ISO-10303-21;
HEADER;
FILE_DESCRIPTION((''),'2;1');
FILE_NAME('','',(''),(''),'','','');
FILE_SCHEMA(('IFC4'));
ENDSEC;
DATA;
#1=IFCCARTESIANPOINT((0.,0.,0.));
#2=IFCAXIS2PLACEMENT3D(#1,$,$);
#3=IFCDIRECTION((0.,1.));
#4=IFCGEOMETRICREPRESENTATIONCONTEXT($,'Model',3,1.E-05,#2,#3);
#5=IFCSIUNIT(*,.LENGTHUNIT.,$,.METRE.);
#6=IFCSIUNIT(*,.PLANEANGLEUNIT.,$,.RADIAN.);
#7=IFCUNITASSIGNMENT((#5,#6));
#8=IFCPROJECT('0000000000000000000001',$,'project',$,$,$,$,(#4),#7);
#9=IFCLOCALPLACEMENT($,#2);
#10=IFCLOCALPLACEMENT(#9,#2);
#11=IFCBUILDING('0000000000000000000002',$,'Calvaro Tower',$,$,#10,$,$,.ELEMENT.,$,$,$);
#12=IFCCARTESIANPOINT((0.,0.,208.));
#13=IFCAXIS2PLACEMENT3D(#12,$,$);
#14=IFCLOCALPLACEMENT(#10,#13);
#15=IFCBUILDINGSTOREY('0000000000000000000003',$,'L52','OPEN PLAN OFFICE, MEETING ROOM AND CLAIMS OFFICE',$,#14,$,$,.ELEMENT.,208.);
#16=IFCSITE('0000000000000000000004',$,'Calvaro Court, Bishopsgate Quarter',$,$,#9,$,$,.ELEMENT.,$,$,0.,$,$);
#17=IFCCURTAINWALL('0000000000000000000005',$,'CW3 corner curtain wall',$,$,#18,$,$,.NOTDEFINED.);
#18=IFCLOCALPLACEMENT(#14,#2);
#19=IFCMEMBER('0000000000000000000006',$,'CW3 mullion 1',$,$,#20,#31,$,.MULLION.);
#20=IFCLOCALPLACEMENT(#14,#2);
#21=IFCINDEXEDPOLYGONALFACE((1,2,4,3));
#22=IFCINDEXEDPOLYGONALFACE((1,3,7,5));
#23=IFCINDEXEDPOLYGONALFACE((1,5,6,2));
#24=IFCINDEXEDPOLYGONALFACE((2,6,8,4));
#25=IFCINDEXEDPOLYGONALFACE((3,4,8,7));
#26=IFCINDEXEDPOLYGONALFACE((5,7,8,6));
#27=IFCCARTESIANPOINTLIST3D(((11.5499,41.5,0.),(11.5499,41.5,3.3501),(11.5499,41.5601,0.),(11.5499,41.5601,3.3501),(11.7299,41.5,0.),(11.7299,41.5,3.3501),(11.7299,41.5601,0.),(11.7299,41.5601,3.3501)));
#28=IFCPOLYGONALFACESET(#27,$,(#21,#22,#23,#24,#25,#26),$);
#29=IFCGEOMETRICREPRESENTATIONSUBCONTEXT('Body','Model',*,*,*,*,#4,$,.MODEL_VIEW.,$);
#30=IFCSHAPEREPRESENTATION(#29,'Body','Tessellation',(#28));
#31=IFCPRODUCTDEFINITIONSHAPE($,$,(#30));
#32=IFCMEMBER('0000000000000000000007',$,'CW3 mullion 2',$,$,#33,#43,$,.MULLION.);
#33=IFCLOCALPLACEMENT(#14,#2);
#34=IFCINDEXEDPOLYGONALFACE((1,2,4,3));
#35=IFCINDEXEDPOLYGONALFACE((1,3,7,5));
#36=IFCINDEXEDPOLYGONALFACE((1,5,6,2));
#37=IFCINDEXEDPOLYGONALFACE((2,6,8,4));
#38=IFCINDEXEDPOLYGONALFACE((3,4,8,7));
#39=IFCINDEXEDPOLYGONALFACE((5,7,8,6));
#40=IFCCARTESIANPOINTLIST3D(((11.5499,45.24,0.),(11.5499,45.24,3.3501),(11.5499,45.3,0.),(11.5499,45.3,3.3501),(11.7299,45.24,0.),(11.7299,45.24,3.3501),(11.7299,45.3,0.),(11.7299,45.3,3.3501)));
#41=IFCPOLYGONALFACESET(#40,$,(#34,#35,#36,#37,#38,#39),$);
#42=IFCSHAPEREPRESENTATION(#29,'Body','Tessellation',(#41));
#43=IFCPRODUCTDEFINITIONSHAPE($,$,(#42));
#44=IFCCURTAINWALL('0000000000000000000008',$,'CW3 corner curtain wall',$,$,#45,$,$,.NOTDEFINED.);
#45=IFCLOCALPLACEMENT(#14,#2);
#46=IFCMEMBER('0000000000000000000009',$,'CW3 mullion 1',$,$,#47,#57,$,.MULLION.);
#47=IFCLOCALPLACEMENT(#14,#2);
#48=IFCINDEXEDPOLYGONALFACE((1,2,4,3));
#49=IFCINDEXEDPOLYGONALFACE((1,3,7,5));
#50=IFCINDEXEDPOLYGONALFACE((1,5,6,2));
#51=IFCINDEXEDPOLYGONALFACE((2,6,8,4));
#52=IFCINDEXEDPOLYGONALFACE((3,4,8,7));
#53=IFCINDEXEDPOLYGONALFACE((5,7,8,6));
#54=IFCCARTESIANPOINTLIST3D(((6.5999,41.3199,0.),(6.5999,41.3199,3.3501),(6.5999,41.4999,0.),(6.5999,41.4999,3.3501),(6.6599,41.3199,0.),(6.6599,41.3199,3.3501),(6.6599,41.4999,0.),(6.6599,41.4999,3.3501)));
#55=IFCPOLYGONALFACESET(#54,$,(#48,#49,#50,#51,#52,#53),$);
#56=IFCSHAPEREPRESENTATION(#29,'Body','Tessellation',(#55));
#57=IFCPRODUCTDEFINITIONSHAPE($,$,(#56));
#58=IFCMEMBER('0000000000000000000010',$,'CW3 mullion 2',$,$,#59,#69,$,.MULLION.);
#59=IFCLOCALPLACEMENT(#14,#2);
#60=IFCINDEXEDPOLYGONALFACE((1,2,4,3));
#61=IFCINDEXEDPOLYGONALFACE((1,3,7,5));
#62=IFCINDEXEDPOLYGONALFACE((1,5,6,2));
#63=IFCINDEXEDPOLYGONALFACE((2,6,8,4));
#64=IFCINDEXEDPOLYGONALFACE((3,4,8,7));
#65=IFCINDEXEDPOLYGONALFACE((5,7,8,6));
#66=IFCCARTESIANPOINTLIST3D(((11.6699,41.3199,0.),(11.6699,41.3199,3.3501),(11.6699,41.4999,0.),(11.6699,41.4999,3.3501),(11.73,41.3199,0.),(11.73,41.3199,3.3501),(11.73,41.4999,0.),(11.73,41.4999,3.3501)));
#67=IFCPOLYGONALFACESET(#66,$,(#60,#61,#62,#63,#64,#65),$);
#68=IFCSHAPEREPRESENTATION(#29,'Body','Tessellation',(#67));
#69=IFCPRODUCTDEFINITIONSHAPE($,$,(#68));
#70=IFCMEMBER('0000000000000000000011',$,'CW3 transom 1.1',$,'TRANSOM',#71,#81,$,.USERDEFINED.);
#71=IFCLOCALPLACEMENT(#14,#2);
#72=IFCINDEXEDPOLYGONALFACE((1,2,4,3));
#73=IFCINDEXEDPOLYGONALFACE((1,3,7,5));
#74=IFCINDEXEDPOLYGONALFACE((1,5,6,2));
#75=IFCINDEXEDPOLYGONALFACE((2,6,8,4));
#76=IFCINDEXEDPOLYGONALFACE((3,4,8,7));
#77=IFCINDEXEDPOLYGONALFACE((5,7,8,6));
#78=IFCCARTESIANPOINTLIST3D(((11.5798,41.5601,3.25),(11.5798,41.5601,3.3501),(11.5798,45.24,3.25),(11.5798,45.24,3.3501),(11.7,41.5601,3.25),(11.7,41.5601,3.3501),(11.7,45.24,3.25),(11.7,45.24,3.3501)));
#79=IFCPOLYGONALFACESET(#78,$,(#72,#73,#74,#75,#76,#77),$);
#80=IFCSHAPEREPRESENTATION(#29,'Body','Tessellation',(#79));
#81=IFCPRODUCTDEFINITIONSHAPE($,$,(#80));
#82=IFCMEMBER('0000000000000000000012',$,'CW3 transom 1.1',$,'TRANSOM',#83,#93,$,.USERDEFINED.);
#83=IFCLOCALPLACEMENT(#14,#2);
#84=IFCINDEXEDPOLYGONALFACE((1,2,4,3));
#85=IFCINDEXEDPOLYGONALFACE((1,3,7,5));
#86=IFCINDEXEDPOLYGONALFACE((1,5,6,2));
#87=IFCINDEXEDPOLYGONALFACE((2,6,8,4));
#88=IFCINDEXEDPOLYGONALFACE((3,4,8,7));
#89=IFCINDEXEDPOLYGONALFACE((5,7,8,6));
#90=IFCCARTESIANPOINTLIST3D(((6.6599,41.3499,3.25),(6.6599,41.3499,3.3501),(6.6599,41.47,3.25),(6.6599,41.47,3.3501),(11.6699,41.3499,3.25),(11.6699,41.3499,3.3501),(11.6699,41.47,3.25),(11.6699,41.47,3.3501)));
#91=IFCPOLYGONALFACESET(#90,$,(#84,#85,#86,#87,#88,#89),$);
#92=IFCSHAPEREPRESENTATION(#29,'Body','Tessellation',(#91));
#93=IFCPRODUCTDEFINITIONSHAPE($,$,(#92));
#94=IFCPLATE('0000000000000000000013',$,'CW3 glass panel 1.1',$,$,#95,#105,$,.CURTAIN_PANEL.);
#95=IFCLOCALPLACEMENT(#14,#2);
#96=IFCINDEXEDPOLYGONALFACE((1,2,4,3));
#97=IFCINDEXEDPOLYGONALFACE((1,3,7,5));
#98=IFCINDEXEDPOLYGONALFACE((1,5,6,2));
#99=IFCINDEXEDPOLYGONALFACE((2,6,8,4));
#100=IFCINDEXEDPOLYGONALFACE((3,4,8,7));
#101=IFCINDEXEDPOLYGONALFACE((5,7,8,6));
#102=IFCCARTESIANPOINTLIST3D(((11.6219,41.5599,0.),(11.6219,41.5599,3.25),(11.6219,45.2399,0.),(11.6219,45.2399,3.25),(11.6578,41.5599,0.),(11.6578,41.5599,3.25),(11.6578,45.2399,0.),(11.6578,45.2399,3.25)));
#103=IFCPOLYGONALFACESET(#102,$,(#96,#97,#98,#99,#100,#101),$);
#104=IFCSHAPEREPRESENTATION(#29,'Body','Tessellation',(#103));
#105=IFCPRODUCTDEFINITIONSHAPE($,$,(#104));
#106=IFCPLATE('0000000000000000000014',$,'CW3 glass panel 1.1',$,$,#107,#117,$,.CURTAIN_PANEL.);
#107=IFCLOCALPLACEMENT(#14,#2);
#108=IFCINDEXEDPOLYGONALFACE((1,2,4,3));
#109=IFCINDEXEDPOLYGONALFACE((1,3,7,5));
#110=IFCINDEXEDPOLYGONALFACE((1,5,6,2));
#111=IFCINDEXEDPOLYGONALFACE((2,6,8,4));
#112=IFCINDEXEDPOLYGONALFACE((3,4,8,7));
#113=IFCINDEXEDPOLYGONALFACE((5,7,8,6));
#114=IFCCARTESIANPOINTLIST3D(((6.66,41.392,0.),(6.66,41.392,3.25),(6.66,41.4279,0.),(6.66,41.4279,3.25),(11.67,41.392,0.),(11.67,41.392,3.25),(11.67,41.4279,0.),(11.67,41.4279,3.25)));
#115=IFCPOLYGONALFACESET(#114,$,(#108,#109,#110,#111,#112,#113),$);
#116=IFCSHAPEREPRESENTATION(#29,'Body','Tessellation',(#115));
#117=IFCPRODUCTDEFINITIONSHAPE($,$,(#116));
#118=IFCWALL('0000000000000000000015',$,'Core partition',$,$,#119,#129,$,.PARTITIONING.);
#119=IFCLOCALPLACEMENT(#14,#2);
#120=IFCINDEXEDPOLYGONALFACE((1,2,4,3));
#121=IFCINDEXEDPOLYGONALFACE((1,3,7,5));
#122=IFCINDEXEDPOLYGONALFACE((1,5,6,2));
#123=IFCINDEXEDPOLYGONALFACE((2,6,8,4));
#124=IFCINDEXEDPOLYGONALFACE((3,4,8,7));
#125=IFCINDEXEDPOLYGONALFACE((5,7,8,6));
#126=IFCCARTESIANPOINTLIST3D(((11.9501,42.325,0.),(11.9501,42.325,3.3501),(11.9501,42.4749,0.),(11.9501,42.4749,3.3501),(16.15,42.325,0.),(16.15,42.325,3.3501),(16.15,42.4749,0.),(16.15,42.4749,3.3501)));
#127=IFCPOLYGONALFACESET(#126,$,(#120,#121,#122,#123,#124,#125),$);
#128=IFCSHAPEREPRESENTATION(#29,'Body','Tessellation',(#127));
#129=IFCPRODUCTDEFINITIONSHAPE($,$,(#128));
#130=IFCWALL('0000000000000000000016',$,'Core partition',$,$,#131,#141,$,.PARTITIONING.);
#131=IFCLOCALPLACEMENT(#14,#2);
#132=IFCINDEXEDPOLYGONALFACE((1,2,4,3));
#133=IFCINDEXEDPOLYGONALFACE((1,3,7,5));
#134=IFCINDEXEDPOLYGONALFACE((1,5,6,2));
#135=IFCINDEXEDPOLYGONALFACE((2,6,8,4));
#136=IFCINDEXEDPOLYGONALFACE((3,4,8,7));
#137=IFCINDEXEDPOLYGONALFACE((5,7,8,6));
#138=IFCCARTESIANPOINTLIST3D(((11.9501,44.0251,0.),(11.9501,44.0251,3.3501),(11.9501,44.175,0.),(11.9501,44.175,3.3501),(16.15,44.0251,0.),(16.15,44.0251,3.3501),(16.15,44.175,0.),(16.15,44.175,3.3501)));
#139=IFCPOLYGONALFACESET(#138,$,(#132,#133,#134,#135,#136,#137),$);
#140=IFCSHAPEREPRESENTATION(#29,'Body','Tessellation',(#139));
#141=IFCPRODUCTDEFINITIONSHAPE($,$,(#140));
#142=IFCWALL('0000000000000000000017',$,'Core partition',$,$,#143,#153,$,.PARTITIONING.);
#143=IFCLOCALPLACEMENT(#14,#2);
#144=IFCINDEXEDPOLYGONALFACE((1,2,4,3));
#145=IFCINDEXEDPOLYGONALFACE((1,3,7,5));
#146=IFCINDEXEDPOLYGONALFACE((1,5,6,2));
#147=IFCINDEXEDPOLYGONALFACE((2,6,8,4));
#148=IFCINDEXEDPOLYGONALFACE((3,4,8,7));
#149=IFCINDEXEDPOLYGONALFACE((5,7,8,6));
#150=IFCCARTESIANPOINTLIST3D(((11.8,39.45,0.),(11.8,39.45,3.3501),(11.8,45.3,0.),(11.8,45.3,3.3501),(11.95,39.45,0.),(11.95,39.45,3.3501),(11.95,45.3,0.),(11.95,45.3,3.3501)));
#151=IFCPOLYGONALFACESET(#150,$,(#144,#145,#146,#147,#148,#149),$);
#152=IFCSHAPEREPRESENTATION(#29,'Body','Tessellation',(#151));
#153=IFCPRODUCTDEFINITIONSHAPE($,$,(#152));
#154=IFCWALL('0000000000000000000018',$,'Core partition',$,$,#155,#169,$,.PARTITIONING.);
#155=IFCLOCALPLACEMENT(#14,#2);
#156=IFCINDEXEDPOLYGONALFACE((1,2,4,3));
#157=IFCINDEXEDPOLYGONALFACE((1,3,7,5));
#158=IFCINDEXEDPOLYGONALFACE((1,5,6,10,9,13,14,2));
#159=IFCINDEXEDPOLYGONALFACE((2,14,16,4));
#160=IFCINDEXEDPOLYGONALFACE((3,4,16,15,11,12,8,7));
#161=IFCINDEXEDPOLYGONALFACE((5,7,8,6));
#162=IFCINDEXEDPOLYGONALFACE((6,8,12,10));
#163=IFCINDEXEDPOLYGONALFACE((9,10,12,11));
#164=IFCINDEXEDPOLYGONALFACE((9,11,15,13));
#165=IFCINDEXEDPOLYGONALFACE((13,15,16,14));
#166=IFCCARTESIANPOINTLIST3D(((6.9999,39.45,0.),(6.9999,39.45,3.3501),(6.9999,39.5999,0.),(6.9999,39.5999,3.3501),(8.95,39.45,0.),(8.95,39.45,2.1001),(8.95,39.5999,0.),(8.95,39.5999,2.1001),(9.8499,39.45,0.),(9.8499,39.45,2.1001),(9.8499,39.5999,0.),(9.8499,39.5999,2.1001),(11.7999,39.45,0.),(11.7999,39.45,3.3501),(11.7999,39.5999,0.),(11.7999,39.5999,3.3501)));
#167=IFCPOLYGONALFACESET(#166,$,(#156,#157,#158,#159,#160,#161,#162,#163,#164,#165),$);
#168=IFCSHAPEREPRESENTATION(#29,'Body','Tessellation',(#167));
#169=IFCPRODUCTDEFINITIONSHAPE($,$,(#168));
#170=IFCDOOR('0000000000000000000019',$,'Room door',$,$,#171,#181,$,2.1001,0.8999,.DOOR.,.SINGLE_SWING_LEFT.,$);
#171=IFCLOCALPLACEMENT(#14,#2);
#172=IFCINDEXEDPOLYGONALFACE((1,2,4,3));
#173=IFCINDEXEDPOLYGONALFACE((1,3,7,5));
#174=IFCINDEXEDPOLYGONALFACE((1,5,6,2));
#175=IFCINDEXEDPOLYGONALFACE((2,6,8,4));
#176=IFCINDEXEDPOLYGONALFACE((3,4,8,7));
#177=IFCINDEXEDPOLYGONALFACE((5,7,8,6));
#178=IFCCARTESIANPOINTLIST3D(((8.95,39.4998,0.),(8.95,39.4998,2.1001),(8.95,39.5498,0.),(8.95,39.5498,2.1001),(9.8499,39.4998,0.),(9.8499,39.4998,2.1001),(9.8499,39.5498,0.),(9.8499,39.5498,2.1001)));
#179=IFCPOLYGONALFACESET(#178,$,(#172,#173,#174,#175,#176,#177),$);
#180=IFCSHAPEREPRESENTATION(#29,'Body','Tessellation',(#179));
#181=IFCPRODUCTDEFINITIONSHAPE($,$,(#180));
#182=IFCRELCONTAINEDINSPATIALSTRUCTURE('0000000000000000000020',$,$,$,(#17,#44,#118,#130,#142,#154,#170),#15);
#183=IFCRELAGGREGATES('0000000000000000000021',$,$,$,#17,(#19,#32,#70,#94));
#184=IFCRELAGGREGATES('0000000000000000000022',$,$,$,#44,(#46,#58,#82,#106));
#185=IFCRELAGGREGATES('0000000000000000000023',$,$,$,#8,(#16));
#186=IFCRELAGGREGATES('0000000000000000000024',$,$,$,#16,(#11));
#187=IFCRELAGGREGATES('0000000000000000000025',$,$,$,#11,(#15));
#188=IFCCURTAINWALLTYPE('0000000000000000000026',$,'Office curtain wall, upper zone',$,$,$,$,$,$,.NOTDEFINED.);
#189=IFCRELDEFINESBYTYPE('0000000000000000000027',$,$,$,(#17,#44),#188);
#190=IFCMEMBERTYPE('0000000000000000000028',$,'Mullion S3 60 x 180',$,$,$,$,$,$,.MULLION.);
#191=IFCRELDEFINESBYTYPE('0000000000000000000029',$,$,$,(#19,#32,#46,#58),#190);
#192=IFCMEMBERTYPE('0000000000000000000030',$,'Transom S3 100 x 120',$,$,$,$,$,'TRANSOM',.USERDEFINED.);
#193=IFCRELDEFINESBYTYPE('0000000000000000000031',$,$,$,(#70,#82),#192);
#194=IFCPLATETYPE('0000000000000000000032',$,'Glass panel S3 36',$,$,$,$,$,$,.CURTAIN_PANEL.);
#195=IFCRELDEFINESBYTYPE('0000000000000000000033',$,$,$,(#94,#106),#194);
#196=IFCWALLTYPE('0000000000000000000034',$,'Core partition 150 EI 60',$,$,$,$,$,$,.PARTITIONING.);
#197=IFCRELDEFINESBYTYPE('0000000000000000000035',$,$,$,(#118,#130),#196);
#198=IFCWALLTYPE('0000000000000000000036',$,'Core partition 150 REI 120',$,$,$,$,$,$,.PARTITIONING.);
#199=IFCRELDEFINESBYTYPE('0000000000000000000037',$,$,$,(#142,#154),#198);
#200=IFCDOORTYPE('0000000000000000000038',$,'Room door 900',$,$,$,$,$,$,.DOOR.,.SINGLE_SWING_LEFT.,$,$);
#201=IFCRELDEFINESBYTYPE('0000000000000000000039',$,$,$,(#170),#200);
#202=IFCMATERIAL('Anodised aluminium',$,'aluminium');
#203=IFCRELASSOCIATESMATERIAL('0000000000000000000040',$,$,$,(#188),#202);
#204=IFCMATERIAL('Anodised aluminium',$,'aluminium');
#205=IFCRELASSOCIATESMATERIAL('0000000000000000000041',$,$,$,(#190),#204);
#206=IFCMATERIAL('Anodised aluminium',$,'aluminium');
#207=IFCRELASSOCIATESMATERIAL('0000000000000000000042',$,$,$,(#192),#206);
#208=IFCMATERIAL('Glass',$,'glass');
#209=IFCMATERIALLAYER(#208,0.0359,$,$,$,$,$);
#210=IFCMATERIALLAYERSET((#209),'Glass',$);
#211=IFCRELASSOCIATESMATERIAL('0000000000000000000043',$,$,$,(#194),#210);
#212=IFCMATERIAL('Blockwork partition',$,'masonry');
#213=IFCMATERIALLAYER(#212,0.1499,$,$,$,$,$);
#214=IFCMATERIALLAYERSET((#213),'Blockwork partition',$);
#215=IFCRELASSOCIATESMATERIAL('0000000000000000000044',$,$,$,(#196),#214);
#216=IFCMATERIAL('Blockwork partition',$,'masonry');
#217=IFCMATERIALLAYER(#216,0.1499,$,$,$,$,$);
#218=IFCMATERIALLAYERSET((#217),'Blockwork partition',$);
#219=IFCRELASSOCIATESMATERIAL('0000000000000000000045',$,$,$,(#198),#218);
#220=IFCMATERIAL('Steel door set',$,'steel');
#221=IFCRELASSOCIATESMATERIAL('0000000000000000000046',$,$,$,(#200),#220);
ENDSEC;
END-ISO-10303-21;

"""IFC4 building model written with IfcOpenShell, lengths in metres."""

from ifc_helpers import new_model, si_unit, direction, frame, frame_2d, origin, origin_2d, place, context, subcontext, project, spatial, rectangle, extrude, material, layer, layer_set, material_profile, profile_set, type_object, element, fill, aggregate, save


model = new_model("IFC4")

# Units and contexts
model_context = context("Model", 3, precision=1e-05, world=origin(), true_north=direction((0.0, 1.0)))
body_context = subcontext(model_context, "Body", "Model", "MODEL_VIEW")
ifc_project = project(units=[si_unit("LENGTHUNIT", "METRE"), si_unit("PLANEANGLEUNIT", "RADIAN")], contexts=[model_context])

# Site, building, storey
site_placement = place(None, origin())
site = spatial("IfcSite", under=ifc_project, at=site_placement, Name="Calvaro Court, Bishopsgate Quarter", CompositionType="ELEMENT", RefElevation=0.0)
building_placement = place(site_placement, origin())
building = spatial("IfcBuilding", under=site, at=building_placement, Name="Calvaro Tower", CompositionType="ELEMENT")
storey_placement = place(building_placement, frame((0.0, 0.0, 208.0)))
storey = spatial("IfcBuildingStorey", under=building, at=storey_placement, Name="L52", Description="OPEN PLAN OFFICE, MEETING ROOM AND CLAIMS OFFICE", CompositionType="ELEMENT", Elevation=208.0)

# Curtain walls, members
ifc_material_1 = material(Name="Anodised aluminium", Category="aluminium")
curtain_wall_type = type_object("IfcCurtainWallType", Name="Office curtain wall, upper zone", PredefinedType="NOTDEFINED", material=ifc_material_1)
curtain_wall_1_placement = place(storey_placement, origin())
curtain_wall_1 = element("IfcCurtainWall", 1, at=curtain_wall_1_placement, inside=storey, type_object=curtain_wall_type, Name="CW3 corner curtain wall", PredefinedType="NOTDEFINED")
ifc_material_2 = material(Name="Anodised aluminium", Category="aluminium")
ifc_material_profile_1 = material_profile(ifc_material_2, rectangle(XDim=0.1799, YDim=0.0601, at=origin_2d()), Name="Mullion S3 60 x 180")
ifc_profile_set_1 = profile_set([ifc_material_profile_1], Name="Anodised aluminium")
member_type_1 = type_object("IfcMemberType", Name="Mullion S3 60 x 180", PredefinedType="MULLION", material=ifc_profile_set_1)
member_1_placement = place(storey_placement, frame((11.6399, 41.53, 0.0), z_axis=(0.0, 0.0, 1.0), x_axis=(-1.0, 0.0, 0.0)))
member_1 = element("IfcMember", 2, at=member_1_placement, type_object=member_type_1, Name="CW3 mullion 1", PredefinedType="MULLION", context=body_context, shape_type="SweptSolid", body=[
    extrude(rectangle(XDim=0.1799, YDim=0.0601, at=origin_2d()), origin(), (0.0, 0.0, 1.0), 3.3501),
])
member_2_placement = place(storey_placement, frame((11.6399, 45.27, 0.0), z_axis=(0.0, 0.0, 1.0), x_axis=(-1.0, 0.0, 0.0)))
member_2 = element("IfcMember", 3, at=member_2_placement, type_object=member_type_1, Name="CW3 mullion 2", PredefinedType="MULLION", context=body_context, shape_type="SweptSolid", body=[
    extrude(rectangle(XDim=0.1799, YDim=0.0601, at=origin_2d()), origin(), (0.0, 0.0, 1.0), 3.3501),
])
curtain_wall_2_placement = place(storey_placement, origin())
curtain_wall_2 = element("IfcCurtainWall", 4, at=curtain_wall_2_placement, inside=storey, type_object=curtain_wall_type, Name="CW3 corner curtain wall", PredefinedType="NOTDEFINED")
member_3_placement = place(storey_placement, frame((6.6299, 41.4099, 0.0), z_axis=(0.0, 0.0, 1.0), x_axis=(0.0, 1.0, 0.0)))
member_3 = element("IfcMember", 5, at=member_3_placement, type_object=member_type_1, Name="CW3 mullion 1", PredefinedType="MULLION", context=body_context, shape_type="SweptSolid", body=[
    extrude(rectangle(XDim=0.1799, YDim=0.0601, at=origin_2d()), origin(), (0.0, 0.0, 1.0), 3.3501),
])
member_4_placement = place(storey_placement, frame((11.7, 41.4099, 0.0), z_axis=(0.0, 0.0, 1.0), x_axis=(0.0, 1.0, 0.0)))
member_4 = element("IfcMember", 6, at=member_4_placement, type_object=member_type_1, Name="CW3 mullion 2", PredefinedType="MULLION", context=body_context, shape_type="SweptSolid", body=[
    extrude(rectangle(XDim=0.1799, YDim=0.0601, at=origin_2d()), origin(), (0.0, 0.0, 1.0), 3.3501),
])

# Members
ifc_material_3 = material(Name="Anodised aluminium", Category="aluminium")
ifc_material_profile_2 = material_profile(ifc_material_3, rectangle(XDim=0.1201, YDim=0.1001, at=origin_2d()), Name="Transom S3 100 x 120")
ifc_profile_set_2 = profile_set([ifc_material_profile_2], Name="Anodised aluminium")
member_type_2 = type_object("IfcMemberType", Name="Transom S3 100 x 120", ElementType="TRANSOM", PredefinedType="USERDEFINED", material=ifc_profile_set_2)
member_5_placement = place(storey_placement, frame((11.6399, 41.5601, 3.3), z_axis=(0.0, 1.0, 0.0), x_axis=(-1.0, 0.0, 0.0)))
member_5 = element("IfcMember", 7, at=member_5_placement, type_object=member_type_2, Name="CW3 transom 1.1", ObjectType="TRANSOM", PredefinedType="USERDEFINED", context=body_context, shape_type="SweptSolid", body=[
    extrude(rectangle(XDim=0.1201, YDim=0.1001, at=origin_2d()), origin(), (0.0, 0.0, 1.0), 3.6799),
])
member_6_placement = place(storey_placement, frame((6.6599, 41.4099, 3.3), z_axis=(1.0, 0.0, 0.0), x_axis=(0.0, 1.0, 0.0)))
member_6 = element("IfcMember", 8, at=member_6_placement, type_object=member_type_2, Name="CW3 transom 1.1", ObjectType="TRANSOM", PredefinedType="USERDEFINED", context=body_context, shape_type="SweptSolid", body=[
    extrude(rectangle(XDim=0.1201, YDim=0.1001, at=origin_2d()), origin(), (0.0, 0.0, 1.0), 5.01),
])

# Plates
ifc_material_4 = material(Name="Glass", Category="glass")
ifc_layer_1 = layer(ifc_material_4, 0.0359)
ifc_layer_set_1 = layer_set([ifc_layer_1], Name="Glass")
plate_type = type_object("IfcPlateType", Name="Glass panel S3 36", PredefinedType="CURTAIN_PANEL", material=ifc_layer_set_1)
plate_1_placement = place(storey_placement, frame((11.6399, 43.3999, 0.0), z_axis=(0.0, 0.0, 1.0), x_axis=(0.0, 1.0, 0.0)))
plate_1 = element("IfcPlate", 9, at=plate_1_placement, type_object=plate_type, Name="CW3 glass panel 1.1", PredefinedType="CURTAIN_PANEL", context=body_context, shape_type="SweptSolid", body=[
    extrude(rectangle(XDim=3.6799, YDim=0.0359, at=origin_2d()), origin(), (0.0, 0.0, 1.0), 3.25),
])
aggregate(curtain_wall_1, [member_1, member_2, member_5, plate_1])
plate_2_placement = place(storey_placement, frame((9.165, 41.4099, 0.0), z_axis=(0.0, 0.0, 1.0), x_axis=(1.0, 0.0, 0.0)))
plate_2 = element("IfcPlate", 10, at=plate_2_placement, type_object=plate_type, Name="CW3 glass panel 1.1", PredefinedType="CURTAIN_PANEL", context=body_context, shape_type="SweptSolid", body=[
    extrude(rectangle(XDim=5.01, YDim=0.0359, at=origin_2d()), origin(), (0.0, 0.0, 1.0), 3.25),
])
aggregate(curtain_wall_2, [member_3, member_4, member_6, plate_2])

# Walls
ifc_material_5 = material(Name="Blockwork partition", Category="masonry")
ifc_layer_2 = layer(ifc_material_5, 0.1499)
ifc_layer_set_2 = layer_set([ifc_layer_2], Name="Blockwork partition")
wall_type_1 = type_object("IfcWallType", Name="Core partition 150 EI 60", PredefinedType="PARTITIONING", material=ifc_layer_set_2)
for number, where, z_axis, x_axis, name in (
    (11, (11.95, 42.3999, 0.0), (0.0, 0.0, 1.0), (1.0, 0.0, 0.0), "Core partition"),
    (12, (11.95, 44.1001, 0.0), (0.0, 0.0, 1.0), (1.0, 0.0, 0.0), "Core partition"),
):
    element("IfcWall", number, at=place(storey_placement, frame(where, z_axis=z_axis, x_axis=x_axis)), inside=storey, type_object=wall_type_1, Name=name, PredefinedType="PARTITIONING", context=body_context, shape_type="SweptSolid", body=[
        extrude(rectangle(XDim=4.2, YDim=0.1499, at=frame_2d((2.1001, 0.0))), origin(), (0.0, 0.0, 1.0), 3.3501),
    ])
ifc_material_6 = material(Name="Blockwork partition", Category="masonry")
ifc_layer_3 = layer(ifc_material_6, 0.1499)
ifc_layer_set_3 = layer_set([ifc_layer_3], Name="Blockwork partition")
wall_type_2 = type_object("IfcWallType", Name="Core partition 150 REI 120", PredefinedType="PARTITIONING", material=ifc_layer_set_3)
wall_1_placement = place(storey_placement, frame((11.875, 39.45, 0.0), z_axis=(0.0, 0.0, 1.0), x_axis=(0.0, 1.0, 0.0)))
element("IfcWall", 13, at=wall_1_placement, inside=storey, type_object=wall_type_2, Name="Core partition", PredefinedType="PARTITIONING", context=body_context, shape_type="SweptSolid", body=[
    extrude(rectangle(XDim=5.8501, YDim=0.1499, at=frame_2d((2.925, 0.0))), origin(), (0.0, 0.0, 1.0), 3.3501),
])

# Wall, opening, door
wall_2_placement = place(storey_placement, frame((7.0, 39.5249, 0.0), z_axis=(0.0, 0.0, 1.0), x_axis=(1.0, 0.0, 0.0)))
wall_2 = element("IfcWall", 14, at=wall_2_placement, inside=storey, type_object=wall_type_2, Name="Core partition", PredefinedType="PARTITIONING", context=body_context, shape_type="SweptSolid", body=[
    extrude(rectangle(XDim=4.8, YDim=0.1499, at=frame_2d((2.3999, 0.0))), origin(), (0.0, 0.0, 1.0), 3.3501),
])
opening_placement = place(wall_2_placement, frame((1.95, 0.0, 0.0)))
opening = element("IfcOpeningElement", 15, at=opening_placement, cuts=wall_2, PredefinedType="OPENING", context=body_context, shape_type="SweptSolid", body=[
    extrude(rectangle(XDim=0.8999, YDim=2.1001, at=frame_2d((0.45, 1.05))), frame((0.0, 0.085, 0.0), z_axis=(0.0, -1.0, 0.0), x_axis=(1.0, 0.0, 0.0)), (0.0, 0.0, 1.0), 0.1699),
])
ifc_material_7 = material(Name="Steel door set", Category="steel")
door_type = type_object("IfcDoorType", Name="Room door 900", OperationType="SINGLE_SWING_LEFT", PredefinedType="DOOR", material=ifc_material_7)
door_placement = place(opening_placement, origin())
door = element("IfcDoor", 16, at=door_placement, inside=storey, type_object=door_type, Name="Room door", OperationType="SINGLE_SWING_LEFT", OverallHeight=2.1001, OverallWidth=0.8999, PredefinedType="DOOR", context=body_context, shape_type="SweptSolid", body=[
    extrude(rectangle(XDim=0.8999, YDim=2.1001, at=frame_2d((0.45, 1.05))), frame((0.0, 0.0249, 0.0), z_axis=(0.0, -1.0, 0.0), x_axis=(1.0, 0.0, 0.0)), (0.0, 0.0, 1.0), 0.05),
])
fill(opening, door)

save(model, "model.ifc")
